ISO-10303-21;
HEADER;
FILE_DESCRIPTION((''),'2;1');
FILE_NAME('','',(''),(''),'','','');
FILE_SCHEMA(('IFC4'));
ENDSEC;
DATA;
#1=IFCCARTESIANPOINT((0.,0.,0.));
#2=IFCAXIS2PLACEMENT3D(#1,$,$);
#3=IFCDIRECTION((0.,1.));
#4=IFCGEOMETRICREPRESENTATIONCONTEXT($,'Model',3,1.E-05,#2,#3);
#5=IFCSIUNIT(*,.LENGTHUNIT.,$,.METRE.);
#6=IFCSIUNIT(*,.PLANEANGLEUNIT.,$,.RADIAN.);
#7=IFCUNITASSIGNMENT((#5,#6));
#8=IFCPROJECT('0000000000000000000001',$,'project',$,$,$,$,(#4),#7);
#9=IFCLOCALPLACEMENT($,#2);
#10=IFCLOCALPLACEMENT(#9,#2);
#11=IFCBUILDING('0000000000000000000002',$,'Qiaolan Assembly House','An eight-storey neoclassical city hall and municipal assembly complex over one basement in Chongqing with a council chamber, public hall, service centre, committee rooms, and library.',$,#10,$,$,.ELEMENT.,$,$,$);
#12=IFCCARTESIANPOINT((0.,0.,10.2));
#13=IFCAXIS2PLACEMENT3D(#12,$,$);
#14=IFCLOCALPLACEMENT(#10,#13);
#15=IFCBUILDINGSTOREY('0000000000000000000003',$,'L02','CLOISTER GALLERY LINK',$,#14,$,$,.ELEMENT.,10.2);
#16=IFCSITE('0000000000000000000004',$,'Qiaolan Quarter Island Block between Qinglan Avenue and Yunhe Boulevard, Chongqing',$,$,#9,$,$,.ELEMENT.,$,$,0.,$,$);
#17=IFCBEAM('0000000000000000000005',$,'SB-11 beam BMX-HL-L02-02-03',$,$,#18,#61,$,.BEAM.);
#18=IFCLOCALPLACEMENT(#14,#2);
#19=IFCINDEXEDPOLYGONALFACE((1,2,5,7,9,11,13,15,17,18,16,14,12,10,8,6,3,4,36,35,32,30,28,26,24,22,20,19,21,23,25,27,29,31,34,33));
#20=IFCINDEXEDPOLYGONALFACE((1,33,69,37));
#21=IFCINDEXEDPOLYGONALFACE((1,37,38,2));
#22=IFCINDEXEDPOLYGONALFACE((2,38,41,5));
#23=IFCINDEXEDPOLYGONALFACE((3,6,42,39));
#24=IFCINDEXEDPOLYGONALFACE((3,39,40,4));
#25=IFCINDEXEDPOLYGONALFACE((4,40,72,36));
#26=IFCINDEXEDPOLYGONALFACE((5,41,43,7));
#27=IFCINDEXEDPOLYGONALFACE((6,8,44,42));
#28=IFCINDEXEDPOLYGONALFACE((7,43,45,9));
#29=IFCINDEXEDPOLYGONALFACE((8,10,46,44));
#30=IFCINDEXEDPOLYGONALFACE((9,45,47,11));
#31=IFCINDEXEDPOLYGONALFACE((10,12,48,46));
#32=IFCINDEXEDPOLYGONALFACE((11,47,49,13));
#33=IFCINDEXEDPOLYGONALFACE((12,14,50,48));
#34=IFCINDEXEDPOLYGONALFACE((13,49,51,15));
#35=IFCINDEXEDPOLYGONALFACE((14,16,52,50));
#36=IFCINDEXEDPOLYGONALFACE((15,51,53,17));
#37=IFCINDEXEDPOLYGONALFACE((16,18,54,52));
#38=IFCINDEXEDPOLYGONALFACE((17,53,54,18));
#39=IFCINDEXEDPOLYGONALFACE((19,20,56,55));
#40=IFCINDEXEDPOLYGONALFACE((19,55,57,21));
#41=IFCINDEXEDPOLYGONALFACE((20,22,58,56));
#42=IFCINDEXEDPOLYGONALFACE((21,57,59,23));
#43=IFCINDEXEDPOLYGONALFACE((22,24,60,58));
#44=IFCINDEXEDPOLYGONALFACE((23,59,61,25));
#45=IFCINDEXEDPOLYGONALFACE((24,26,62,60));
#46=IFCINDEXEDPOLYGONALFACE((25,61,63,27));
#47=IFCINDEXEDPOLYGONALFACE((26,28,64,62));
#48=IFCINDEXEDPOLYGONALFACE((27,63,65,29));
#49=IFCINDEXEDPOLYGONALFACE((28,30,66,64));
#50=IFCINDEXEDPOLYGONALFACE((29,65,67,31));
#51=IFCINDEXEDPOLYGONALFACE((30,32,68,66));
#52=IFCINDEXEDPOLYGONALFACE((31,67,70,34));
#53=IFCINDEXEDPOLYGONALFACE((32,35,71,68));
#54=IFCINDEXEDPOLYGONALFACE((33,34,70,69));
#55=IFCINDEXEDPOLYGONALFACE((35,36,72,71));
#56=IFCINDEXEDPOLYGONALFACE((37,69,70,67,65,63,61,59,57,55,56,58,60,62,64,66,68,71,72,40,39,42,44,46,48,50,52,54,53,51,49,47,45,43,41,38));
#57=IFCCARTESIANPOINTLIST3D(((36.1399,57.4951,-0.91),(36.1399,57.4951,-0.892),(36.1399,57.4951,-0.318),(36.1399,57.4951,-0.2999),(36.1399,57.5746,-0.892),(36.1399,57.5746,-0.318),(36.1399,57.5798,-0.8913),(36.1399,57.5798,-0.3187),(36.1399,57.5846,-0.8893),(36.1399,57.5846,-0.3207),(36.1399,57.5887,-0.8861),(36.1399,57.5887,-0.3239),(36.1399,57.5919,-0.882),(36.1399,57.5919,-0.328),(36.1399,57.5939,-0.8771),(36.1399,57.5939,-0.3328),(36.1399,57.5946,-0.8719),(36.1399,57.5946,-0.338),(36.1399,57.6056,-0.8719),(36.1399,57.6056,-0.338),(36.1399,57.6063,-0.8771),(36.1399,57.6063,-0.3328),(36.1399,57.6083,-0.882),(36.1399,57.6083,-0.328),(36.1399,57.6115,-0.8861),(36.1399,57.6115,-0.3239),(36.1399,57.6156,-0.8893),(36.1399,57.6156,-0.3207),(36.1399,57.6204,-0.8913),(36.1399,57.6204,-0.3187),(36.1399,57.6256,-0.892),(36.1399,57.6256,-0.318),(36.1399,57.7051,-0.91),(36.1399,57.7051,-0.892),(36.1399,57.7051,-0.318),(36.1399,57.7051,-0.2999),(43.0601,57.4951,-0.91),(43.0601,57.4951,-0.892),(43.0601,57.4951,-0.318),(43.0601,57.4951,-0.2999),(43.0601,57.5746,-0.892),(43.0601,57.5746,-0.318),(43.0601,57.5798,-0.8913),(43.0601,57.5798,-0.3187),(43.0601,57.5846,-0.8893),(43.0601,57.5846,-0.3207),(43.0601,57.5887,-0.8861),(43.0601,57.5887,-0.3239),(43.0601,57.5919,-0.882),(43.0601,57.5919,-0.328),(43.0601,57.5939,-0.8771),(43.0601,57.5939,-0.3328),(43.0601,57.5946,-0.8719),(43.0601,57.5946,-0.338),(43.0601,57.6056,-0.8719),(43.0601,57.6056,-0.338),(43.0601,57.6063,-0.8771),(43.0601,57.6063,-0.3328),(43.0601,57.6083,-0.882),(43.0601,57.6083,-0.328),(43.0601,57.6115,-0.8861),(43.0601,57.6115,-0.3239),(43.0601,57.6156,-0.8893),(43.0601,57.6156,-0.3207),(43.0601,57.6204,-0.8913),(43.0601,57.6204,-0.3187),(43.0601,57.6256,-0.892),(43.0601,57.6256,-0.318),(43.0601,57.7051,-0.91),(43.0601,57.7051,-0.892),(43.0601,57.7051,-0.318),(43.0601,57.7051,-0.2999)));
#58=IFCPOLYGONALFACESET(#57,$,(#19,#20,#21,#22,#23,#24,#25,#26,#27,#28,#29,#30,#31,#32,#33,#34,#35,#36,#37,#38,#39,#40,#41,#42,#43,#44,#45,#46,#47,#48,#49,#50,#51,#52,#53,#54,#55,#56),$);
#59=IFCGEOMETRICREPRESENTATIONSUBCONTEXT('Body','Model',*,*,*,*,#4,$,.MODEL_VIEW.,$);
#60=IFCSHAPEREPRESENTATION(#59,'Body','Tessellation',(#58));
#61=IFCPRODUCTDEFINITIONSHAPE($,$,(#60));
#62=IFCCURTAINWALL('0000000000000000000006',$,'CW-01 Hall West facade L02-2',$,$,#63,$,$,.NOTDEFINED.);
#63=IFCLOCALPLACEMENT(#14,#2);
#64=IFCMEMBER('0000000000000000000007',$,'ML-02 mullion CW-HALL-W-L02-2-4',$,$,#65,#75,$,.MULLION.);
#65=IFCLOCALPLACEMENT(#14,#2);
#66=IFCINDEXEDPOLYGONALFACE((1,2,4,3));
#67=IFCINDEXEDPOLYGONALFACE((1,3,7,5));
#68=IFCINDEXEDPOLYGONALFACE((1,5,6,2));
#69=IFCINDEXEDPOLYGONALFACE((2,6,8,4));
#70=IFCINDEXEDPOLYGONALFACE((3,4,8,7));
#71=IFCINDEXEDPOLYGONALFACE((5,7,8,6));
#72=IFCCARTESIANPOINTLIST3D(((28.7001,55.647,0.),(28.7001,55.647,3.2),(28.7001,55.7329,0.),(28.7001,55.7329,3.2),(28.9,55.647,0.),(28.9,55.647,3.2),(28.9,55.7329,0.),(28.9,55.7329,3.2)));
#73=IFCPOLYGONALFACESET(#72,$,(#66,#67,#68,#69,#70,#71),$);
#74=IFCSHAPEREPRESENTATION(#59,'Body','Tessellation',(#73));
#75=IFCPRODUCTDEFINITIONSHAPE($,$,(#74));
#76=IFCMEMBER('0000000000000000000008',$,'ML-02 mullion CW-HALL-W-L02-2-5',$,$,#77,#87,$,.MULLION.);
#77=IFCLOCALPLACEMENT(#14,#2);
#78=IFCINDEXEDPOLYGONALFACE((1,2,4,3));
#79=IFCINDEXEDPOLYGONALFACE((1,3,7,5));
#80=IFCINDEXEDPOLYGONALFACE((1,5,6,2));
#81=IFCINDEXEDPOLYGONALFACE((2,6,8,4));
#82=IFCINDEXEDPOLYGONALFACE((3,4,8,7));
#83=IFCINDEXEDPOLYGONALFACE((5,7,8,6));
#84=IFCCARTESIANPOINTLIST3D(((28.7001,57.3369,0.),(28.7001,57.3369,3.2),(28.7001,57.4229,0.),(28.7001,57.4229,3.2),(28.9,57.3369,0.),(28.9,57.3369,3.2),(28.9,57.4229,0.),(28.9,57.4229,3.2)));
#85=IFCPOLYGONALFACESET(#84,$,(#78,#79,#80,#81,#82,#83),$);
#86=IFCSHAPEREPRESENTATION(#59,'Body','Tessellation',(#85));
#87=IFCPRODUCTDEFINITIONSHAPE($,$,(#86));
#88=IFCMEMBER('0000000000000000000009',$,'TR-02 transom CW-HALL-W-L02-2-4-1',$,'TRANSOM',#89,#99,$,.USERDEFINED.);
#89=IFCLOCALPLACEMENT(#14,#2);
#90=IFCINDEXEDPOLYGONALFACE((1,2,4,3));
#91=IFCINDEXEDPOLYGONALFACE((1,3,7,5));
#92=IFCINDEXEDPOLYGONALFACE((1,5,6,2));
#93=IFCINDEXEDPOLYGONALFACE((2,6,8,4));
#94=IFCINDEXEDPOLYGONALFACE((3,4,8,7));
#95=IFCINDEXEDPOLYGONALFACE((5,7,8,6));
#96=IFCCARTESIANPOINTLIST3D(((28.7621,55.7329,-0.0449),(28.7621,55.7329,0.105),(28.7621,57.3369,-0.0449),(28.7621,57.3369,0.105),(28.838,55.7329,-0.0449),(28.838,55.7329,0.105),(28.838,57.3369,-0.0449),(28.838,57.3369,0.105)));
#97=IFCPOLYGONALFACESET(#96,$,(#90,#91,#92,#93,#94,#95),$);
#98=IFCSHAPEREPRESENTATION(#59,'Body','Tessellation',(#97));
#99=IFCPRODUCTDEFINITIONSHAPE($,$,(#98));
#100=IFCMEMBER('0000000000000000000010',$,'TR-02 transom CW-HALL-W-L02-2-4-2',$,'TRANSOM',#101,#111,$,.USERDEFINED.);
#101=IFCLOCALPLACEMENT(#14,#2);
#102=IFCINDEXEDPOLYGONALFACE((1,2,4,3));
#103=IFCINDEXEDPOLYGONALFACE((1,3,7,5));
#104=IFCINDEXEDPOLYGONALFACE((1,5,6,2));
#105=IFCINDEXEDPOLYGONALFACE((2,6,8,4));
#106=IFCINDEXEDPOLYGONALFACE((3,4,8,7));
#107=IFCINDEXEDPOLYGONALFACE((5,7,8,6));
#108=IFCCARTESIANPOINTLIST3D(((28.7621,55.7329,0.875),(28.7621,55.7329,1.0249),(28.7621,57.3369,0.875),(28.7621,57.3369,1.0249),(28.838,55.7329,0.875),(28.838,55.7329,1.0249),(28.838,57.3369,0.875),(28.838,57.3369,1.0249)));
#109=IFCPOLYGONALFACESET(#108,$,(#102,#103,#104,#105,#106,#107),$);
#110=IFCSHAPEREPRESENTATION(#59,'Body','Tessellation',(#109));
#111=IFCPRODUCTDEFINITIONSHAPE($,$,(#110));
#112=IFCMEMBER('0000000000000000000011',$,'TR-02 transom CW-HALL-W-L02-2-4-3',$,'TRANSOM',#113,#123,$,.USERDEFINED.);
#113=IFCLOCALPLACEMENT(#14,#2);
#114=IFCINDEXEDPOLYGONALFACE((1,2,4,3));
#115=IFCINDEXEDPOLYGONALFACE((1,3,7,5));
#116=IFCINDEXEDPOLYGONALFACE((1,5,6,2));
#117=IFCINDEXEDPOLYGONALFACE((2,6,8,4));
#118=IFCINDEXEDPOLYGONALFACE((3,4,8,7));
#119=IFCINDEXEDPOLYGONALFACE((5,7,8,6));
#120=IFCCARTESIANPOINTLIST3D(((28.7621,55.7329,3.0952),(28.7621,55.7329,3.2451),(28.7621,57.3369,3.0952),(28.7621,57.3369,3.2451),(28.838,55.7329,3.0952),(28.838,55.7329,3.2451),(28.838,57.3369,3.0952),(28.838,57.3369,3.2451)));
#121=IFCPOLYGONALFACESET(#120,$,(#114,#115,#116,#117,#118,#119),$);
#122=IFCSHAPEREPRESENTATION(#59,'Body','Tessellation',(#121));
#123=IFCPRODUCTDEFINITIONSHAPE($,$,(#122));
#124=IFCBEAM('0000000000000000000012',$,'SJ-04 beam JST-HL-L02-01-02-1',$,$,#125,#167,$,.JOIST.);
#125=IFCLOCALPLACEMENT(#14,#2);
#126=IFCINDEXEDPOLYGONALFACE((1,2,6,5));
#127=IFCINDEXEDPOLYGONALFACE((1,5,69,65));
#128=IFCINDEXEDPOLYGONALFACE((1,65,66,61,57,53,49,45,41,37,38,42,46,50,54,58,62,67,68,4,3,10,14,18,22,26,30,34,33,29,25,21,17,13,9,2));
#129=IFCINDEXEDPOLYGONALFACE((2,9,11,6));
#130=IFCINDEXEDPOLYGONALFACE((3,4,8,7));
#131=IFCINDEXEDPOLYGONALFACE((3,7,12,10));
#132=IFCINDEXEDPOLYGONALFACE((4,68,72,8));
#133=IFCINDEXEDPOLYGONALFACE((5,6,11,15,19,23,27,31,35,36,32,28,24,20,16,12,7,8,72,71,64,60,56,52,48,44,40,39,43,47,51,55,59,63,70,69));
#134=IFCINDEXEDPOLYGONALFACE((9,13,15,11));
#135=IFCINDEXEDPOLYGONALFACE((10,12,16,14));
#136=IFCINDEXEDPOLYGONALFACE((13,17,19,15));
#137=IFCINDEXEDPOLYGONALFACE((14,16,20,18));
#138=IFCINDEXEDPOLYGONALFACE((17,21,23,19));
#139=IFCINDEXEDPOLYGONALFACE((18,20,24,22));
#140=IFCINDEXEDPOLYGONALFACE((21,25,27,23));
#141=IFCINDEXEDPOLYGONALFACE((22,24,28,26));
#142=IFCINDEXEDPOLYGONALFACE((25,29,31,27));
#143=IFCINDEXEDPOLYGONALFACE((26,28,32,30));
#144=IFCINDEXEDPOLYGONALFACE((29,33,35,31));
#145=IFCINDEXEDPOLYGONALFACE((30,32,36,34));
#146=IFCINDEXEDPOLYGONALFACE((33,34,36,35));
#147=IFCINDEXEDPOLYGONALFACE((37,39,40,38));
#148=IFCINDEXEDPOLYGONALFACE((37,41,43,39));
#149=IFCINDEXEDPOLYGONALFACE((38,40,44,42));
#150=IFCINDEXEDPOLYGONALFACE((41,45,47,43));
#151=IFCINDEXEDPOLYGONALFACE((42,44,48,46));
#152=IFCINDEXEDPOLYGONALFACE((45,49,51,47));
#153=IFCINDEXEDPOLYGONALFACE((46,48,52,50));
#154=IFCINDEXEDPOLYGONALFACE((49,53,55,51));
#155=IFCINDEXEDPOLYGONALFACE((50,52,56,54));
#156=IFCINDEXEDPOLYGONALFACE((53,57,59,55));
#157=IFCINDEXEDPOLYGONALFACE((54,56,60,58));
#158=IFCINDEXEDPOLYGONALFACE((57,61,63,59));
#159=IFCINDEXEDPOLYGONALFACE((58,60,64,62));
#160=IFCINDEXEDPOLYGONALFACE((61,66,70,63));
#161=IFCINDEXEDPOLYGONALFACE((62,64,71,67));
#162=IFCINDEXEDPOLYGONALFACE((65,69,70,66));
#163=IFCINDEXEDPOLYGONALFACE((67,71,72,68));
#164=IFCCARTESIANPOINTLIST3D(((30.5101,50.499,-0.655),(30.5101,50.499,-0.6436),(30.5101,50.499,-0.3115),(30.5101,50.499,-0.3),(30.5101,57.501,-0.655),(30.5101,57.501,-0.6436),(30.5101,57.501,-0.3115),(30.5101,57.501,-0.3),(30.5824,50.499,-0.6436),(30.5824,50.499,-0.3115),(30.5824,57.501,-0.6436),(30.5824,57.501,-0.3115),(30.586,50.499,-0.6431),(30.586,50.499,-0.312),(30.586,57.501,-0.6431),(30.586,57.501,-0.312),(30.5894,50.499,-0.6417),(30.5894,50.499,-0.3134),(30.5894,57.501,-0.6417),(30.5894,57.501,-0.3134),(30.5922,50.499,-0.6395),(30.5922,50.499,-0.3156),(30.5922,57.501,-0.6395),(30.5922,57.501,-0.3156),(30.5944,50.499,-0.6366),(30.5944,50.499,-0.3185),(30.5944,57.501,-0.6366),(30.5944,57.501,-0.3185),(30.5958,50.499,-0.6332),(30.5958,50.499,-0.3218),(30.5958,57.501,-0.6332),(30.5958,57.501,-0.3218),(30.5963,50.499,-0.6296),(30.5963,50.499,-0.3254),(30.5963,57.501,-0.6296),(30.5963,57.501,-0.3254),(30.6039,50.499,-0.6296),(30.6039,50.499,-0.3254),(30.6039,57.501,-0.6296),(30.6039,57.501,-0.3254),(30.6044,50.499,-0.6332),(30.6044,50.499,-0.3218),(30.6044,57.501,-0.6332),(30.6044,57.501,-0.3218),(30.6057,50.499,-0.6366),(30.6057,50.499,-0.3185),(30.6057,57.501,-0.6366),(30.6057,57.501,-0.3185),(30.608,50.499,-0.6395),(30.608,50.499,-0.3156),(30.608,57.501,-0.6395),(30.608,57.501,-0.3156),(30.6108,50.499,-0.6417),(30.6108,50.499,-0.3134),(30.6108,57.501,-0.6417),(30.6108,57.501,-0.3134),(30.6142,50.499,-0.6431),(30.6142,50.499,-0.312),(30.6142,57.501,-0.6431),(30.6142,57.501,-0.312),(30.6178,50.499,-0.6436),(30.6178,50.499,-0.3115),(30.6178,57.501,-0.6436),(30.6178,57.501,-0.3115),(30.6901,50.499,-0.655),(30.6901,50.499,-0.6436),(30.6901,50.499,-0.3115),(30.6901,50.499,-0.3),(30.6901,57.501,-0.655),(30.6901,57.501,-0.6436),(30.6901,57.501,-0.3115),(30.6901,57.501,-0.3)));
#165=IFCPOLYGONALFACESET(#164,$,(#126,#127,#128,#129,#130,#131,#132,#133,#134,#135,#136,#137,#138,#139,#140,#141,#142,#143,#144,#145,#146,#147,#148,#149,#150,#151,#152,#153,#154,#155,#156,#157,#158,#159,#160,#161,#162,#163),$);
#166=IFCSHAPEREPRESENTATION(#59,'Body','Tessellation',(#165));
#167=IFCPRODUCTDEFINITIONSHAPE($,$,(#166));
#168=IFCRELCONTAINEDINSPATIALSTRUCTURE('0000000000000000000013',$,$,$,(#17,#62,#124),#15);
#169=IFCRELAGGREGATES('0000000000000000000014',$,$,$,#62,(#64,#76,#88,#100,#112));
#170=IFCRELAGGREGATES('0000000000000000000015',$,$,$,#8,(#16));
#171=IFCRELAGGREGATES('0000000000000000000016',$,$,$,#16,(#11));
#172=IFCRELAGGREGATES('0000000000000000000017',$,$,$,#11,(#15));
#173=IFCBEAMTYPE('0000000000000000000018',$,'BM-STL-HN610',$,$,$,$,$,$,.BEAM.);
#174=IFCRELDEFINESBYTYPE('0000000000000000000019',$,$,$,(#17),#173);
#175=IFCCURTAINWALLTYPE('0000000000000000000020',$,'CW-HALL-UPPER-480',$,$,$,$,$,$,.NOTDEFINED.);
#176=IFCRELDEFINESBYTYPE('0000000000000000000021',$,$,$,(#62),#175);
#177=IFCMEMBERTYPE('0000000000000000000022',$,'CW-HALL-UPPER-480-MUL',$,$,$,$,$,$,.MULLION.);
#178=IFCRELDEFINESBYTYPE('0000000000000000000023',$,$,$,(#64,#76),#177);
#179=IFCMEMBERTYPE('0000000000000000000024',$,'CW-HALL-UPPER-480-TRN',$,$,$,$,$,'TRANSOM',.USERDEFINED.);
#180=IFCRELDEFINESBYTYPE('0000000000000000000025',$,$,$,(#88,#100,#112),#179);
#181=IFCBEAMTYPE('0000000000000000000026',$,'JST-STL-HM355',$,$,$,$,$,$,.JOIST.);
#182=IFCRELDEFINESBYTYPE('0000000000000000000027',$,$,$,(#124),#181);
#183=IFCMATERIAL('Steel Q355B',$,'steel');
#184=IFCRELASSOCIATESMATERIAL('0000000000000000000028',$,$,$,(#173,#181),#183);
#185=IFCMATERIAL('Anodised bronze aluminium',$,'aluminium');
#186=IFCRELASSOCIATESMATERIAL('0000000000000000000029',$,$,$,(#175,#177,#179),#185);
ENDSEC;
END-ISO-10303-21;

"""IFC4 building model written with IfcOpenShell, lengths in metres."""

from ifc_helpers import new_model, si_unit, direction, frame, origin, origin_2d, place, context, subcontext, project, spatial, rectangle, i_section, extrude, material, material_profile, profile_set, type_object, element, aggregate, save


model = new_model("IFC4")

# Units and contexts
model_context = context("Model", 3, precision=1e-05, world=origin(), true_north=direction((0.0, 1.0)))
body_context = subcontext(model_context, "Body", "Model", "MODEL_VIEW")
ifc_project = project(units=[si_unit("LENGTHUNIT", "METRE"), si_unit("PLANEANGLEUNIT", "RADIAN")], contexts=[model_context])

# Site, building, storey
site_placement = place(None, origin())
site = spatial("IfcSite", under=ifc_project, at=site_placement, Name="Qiaolan Quarter Island Block between Qinglan Avenue and Yunhe Boulevard, Chongqing", CompositionType="ELEMENT", RefElevation=0.0)
building_placement = place(site_placement, origin())
building = spatial("IfcBuilding", under=site, at=building_placement, Name="Qiaolan Assembly House", Description="An eight-storey neoclassical city hall and municipal assembly complex over one basement in Chongqing with a council chamber, public hall, service centre, committee rooms, and library.", CompositionType="ELEMENT")
storey_placement = place(building_placement, frame((0.0, 0.0, 10.2)))
storey = spatial("IfcBuildingStorey", under=building, at=storey_placement, Name="L02", Description="CLOISTER GALLERY LINK", CompositionType="ELEMENT", Elevation=10.2)

# Shared definitions
ifc_material_1 = material(Name="Steel Q355B", Category="steel")

# Beam
ifc_material_profile_1 = material_profile(ifc_material_1, i_section(OverallWidth=0.21, OverallDepth=0.6101, WebThickness=0.011, FlangeThickness=0.0181, FilletRadius=0.02, at=origin_2d()), Name="HN 610x210x11x18")
ifc_profile_set_1 = profile_set([ifc_material_profile_1], Name="Steel Q355B")
beam_type_1 = type_object("IfcBeamType", Name="BM-STL-HN610", PredefinedType="BEAM", material=ifc_profile_set_1)
beam_1_placement = place(storey_placement, frame((36.1399, 57.6001, -0.605), z_axis=(1.0, 0.0, 0.0), x_axis=(0.0, 1.0, 0.0)))
element("IfcBeam", 1, at=beam_1_placement, inside=storey, type_object=beam_type_1, Name="SB-11 beam BMX-HL-L02-02-03", PredefinedType="BEAM", context=body_context, shape_type="SweptSolid", body=[
    extrude(i_section(OverallWidth=0.21, OverallDepth=0.6101, WebThickness=0.011, FlangeThickness=0.0181, FilletRadius=0.02, at=origin_2d()), origin(), (0.0, 0.0, 1.0), 6.9202),
])

# Curtain wall, members
ifc_material_2 = material(Name="Anodised bronze aluminium", Category="aluminium")
curtain_wall_type = type_object("IfcCurtainWallType", Name="CW-HALL-UPPER-480", PredefinedType="NOTDEFINED", material=ifc_material_2)
curtain_wall_placement = place(storey_placement, origin())
curtain_wall = element("IfcCurtainWall", 2, at=curtain_wall_placement, inside=storey, type_object=curtain_wall_type, Name="CW-01 Hall West facade L02-2", PredefinedType="NOTDEFINED")
ifc_material_profile_2 = material_profile(ifc_material_2, rectangle(XDim=0.0859, YDim=0.2, at=origin_2d()), Name="MUL 86x200")
ifc_profile_set_2 = profile_set([ifc_material_profile_2], Name="Anodised bronze aluminium")
member_type_1 = type_object("IfcMemberType", Name="CW-HALL-UPPER-480-MUL", PredefinedType="MULLION", material=ifc_profile_set_2)
member_1_placement = place(storey_placement, frame((28.8, 55.6899, 0.0), z_axis=(0.0, 0.0, 1.0), x_axis=(0.0, 1.0, 0.0)))
member_1 = element("IfcMember", 3, at=member_1_placement, type_object=member_type_1, Name="ML-02 mullion CW-HALL-W-L02-2-4", PredefinedType="MULLION", context=body_context, shape_type="SweptSolid", body=[
    extrude(rectangle(XDim=0.0859, YDim=0.2, at=origin_2d()), origin(), (0.0, 0.0, 1.0), 3.2),
])
member_2_placement = place(storey_placement, frame((28.8, 57.3799, 0.0), z_axis=(0.0, 0.0, 1.0), x_axis=(0.0, 1.0, 0.0)))
member_2 = element("IfcMember", 4, at=member_2_placement, type_object=member_type_1, Name="ML-02 mullion CW-HALL-W-L02-2-5", PredefinedType="MULLION", context=body_context, shape_type="SweptSolid", body=[
    extrude(rectangle(XDim=0.0859, YDim=0.2, at=origin_2d()), origin(), (0.0, 0.0, 1.0), 3.2),
])
ifc_material_profile_3 = material_profile(ifc_material_2, rectangle(XDim=0.0759, YDim=0.1499, at=origin_2d()), Name="TRN 76x150")
ifc_profile_set_3 = profile_set([ifc_material_profile_3], Name="Anodised bronze aluminium")
member_type_2 = type_object("IfcMemberType", Name="CW-HALL-UPPER-480-TRN", ElementType="TRANSOM", PredefinedType="USERDEFINED", material=ifc_profile_set_3)
member_3_placement = place(storey_placement, frame((28.8, 55.7329, 0.03), z_axis=(0.0, 1.0, 0.0), x_axis=(-1.0, 0.0, 0.0)))
member_3 = element("IfcMember", 5, at=member_3_placement, type_object=member_type_2, Name="TR-02 transom CW-HALL-W-L02-2-4-1", ObjectType="TRANSOM", PredefinedType="USERDEFINED", context=body_context, shape_type="SweptSolid", body=[
    extrude(rectangle(XDim=0.0759, YDim=0.1499, at=origin_2d()), origin(), (0.0, 0.0, 1.0), 1.604),
])
member_4_placement = place(storey_placement, frame((28.8, 55.7329, 0.95), z_axis=(0.0, 1.0, 0.0), x_axis=(-1.0, 0.0, 0.0)))
member_4 = element("IfcMember", 6, at=member_4_placement, type_object=member_type_2, Name="TR-02 transom CW-HALL-W-L02-2-4-2", ObjectType="TRANSOM", PredefinedType="USERDEFINED", context=body_context, shape_type="SweptSolid", body=[
    extrude(rectangle(XDim=0.0759, YDim=0.1499, at=origin_2d()), origin(), (0.0, 0.0, 1.0), 1.604),
])
member_5_placement = place(storey_placement, frame((28.8, 55.7329, 3.1702), z_axis=(0.0, 1.0, 0.0), x_axis=(-1.0, 0.0, 0.0)))
member_5 = element("IfcMember", 7, at=member_5_placement, type_object=member_type_2, Name="TR-02 transom CW-HALL-W-L02-2-4-3", ObjectType="TRANSOM", PredefinedType="USERDEFINED", context=body_context, shape_type="SweptSolid", body=[
    extrude(rectangle(XDim=0.0759, YDim=0.1499, at=origin_2d()), origin(), (0.0, 0.0, 1.0), 1.604),
])

# Beam
ifc_material_profile_4 = material_profile(ifc_material_1, i_section(OverallWidth=0.1799, OverallDepth=0.355, WebThickness=0.0076, FlangeThickness=0.0115, FilletRadius=0.0139, at=origin_2d()), Name="HM 355x180x7.5x11.5")
ifc_profile_set_4 = profile_set([ifc_material_profile_4], Name="Steel Q355B")
beam_type_2 = type_object("IfcBeamType", Name="JST-STL-HM355", PredefinedType="JOIST", material=ifc_profile_set_4)
for number, where, z_axis, x_axis, name in (
    (8, (30.6001, 50.499, -0.4775), (0.0, 1.0, 0.0), (-1.0, 0.0, 0.0), "SJ-04 beam JST-HL-L02-01-02-1"),
):
    element("IfcBeam", number, at=place(storey_placement, frame(where, z_axis=z_axis, x_axis=x_axis)), inside=storey, type_object=beam_type_2, Name=name, PredefinedType="JOIST", context=body_context, shape_type="SweptSolid", body=[
        extrude(i_section(OverallWidth=0.1799, OverallDepth=0.355, WebThickness=0.0076, FlangeThickness=0.0115, FilletRadius=0.0139, at=origin_2d()), origin(), (0.0, 0.0, 1.0), 7.002),
    ])

aggregate(curtain_wall, [member_1, member_2, member_3, member_4, member_5])

save(model, "model.ifc")
